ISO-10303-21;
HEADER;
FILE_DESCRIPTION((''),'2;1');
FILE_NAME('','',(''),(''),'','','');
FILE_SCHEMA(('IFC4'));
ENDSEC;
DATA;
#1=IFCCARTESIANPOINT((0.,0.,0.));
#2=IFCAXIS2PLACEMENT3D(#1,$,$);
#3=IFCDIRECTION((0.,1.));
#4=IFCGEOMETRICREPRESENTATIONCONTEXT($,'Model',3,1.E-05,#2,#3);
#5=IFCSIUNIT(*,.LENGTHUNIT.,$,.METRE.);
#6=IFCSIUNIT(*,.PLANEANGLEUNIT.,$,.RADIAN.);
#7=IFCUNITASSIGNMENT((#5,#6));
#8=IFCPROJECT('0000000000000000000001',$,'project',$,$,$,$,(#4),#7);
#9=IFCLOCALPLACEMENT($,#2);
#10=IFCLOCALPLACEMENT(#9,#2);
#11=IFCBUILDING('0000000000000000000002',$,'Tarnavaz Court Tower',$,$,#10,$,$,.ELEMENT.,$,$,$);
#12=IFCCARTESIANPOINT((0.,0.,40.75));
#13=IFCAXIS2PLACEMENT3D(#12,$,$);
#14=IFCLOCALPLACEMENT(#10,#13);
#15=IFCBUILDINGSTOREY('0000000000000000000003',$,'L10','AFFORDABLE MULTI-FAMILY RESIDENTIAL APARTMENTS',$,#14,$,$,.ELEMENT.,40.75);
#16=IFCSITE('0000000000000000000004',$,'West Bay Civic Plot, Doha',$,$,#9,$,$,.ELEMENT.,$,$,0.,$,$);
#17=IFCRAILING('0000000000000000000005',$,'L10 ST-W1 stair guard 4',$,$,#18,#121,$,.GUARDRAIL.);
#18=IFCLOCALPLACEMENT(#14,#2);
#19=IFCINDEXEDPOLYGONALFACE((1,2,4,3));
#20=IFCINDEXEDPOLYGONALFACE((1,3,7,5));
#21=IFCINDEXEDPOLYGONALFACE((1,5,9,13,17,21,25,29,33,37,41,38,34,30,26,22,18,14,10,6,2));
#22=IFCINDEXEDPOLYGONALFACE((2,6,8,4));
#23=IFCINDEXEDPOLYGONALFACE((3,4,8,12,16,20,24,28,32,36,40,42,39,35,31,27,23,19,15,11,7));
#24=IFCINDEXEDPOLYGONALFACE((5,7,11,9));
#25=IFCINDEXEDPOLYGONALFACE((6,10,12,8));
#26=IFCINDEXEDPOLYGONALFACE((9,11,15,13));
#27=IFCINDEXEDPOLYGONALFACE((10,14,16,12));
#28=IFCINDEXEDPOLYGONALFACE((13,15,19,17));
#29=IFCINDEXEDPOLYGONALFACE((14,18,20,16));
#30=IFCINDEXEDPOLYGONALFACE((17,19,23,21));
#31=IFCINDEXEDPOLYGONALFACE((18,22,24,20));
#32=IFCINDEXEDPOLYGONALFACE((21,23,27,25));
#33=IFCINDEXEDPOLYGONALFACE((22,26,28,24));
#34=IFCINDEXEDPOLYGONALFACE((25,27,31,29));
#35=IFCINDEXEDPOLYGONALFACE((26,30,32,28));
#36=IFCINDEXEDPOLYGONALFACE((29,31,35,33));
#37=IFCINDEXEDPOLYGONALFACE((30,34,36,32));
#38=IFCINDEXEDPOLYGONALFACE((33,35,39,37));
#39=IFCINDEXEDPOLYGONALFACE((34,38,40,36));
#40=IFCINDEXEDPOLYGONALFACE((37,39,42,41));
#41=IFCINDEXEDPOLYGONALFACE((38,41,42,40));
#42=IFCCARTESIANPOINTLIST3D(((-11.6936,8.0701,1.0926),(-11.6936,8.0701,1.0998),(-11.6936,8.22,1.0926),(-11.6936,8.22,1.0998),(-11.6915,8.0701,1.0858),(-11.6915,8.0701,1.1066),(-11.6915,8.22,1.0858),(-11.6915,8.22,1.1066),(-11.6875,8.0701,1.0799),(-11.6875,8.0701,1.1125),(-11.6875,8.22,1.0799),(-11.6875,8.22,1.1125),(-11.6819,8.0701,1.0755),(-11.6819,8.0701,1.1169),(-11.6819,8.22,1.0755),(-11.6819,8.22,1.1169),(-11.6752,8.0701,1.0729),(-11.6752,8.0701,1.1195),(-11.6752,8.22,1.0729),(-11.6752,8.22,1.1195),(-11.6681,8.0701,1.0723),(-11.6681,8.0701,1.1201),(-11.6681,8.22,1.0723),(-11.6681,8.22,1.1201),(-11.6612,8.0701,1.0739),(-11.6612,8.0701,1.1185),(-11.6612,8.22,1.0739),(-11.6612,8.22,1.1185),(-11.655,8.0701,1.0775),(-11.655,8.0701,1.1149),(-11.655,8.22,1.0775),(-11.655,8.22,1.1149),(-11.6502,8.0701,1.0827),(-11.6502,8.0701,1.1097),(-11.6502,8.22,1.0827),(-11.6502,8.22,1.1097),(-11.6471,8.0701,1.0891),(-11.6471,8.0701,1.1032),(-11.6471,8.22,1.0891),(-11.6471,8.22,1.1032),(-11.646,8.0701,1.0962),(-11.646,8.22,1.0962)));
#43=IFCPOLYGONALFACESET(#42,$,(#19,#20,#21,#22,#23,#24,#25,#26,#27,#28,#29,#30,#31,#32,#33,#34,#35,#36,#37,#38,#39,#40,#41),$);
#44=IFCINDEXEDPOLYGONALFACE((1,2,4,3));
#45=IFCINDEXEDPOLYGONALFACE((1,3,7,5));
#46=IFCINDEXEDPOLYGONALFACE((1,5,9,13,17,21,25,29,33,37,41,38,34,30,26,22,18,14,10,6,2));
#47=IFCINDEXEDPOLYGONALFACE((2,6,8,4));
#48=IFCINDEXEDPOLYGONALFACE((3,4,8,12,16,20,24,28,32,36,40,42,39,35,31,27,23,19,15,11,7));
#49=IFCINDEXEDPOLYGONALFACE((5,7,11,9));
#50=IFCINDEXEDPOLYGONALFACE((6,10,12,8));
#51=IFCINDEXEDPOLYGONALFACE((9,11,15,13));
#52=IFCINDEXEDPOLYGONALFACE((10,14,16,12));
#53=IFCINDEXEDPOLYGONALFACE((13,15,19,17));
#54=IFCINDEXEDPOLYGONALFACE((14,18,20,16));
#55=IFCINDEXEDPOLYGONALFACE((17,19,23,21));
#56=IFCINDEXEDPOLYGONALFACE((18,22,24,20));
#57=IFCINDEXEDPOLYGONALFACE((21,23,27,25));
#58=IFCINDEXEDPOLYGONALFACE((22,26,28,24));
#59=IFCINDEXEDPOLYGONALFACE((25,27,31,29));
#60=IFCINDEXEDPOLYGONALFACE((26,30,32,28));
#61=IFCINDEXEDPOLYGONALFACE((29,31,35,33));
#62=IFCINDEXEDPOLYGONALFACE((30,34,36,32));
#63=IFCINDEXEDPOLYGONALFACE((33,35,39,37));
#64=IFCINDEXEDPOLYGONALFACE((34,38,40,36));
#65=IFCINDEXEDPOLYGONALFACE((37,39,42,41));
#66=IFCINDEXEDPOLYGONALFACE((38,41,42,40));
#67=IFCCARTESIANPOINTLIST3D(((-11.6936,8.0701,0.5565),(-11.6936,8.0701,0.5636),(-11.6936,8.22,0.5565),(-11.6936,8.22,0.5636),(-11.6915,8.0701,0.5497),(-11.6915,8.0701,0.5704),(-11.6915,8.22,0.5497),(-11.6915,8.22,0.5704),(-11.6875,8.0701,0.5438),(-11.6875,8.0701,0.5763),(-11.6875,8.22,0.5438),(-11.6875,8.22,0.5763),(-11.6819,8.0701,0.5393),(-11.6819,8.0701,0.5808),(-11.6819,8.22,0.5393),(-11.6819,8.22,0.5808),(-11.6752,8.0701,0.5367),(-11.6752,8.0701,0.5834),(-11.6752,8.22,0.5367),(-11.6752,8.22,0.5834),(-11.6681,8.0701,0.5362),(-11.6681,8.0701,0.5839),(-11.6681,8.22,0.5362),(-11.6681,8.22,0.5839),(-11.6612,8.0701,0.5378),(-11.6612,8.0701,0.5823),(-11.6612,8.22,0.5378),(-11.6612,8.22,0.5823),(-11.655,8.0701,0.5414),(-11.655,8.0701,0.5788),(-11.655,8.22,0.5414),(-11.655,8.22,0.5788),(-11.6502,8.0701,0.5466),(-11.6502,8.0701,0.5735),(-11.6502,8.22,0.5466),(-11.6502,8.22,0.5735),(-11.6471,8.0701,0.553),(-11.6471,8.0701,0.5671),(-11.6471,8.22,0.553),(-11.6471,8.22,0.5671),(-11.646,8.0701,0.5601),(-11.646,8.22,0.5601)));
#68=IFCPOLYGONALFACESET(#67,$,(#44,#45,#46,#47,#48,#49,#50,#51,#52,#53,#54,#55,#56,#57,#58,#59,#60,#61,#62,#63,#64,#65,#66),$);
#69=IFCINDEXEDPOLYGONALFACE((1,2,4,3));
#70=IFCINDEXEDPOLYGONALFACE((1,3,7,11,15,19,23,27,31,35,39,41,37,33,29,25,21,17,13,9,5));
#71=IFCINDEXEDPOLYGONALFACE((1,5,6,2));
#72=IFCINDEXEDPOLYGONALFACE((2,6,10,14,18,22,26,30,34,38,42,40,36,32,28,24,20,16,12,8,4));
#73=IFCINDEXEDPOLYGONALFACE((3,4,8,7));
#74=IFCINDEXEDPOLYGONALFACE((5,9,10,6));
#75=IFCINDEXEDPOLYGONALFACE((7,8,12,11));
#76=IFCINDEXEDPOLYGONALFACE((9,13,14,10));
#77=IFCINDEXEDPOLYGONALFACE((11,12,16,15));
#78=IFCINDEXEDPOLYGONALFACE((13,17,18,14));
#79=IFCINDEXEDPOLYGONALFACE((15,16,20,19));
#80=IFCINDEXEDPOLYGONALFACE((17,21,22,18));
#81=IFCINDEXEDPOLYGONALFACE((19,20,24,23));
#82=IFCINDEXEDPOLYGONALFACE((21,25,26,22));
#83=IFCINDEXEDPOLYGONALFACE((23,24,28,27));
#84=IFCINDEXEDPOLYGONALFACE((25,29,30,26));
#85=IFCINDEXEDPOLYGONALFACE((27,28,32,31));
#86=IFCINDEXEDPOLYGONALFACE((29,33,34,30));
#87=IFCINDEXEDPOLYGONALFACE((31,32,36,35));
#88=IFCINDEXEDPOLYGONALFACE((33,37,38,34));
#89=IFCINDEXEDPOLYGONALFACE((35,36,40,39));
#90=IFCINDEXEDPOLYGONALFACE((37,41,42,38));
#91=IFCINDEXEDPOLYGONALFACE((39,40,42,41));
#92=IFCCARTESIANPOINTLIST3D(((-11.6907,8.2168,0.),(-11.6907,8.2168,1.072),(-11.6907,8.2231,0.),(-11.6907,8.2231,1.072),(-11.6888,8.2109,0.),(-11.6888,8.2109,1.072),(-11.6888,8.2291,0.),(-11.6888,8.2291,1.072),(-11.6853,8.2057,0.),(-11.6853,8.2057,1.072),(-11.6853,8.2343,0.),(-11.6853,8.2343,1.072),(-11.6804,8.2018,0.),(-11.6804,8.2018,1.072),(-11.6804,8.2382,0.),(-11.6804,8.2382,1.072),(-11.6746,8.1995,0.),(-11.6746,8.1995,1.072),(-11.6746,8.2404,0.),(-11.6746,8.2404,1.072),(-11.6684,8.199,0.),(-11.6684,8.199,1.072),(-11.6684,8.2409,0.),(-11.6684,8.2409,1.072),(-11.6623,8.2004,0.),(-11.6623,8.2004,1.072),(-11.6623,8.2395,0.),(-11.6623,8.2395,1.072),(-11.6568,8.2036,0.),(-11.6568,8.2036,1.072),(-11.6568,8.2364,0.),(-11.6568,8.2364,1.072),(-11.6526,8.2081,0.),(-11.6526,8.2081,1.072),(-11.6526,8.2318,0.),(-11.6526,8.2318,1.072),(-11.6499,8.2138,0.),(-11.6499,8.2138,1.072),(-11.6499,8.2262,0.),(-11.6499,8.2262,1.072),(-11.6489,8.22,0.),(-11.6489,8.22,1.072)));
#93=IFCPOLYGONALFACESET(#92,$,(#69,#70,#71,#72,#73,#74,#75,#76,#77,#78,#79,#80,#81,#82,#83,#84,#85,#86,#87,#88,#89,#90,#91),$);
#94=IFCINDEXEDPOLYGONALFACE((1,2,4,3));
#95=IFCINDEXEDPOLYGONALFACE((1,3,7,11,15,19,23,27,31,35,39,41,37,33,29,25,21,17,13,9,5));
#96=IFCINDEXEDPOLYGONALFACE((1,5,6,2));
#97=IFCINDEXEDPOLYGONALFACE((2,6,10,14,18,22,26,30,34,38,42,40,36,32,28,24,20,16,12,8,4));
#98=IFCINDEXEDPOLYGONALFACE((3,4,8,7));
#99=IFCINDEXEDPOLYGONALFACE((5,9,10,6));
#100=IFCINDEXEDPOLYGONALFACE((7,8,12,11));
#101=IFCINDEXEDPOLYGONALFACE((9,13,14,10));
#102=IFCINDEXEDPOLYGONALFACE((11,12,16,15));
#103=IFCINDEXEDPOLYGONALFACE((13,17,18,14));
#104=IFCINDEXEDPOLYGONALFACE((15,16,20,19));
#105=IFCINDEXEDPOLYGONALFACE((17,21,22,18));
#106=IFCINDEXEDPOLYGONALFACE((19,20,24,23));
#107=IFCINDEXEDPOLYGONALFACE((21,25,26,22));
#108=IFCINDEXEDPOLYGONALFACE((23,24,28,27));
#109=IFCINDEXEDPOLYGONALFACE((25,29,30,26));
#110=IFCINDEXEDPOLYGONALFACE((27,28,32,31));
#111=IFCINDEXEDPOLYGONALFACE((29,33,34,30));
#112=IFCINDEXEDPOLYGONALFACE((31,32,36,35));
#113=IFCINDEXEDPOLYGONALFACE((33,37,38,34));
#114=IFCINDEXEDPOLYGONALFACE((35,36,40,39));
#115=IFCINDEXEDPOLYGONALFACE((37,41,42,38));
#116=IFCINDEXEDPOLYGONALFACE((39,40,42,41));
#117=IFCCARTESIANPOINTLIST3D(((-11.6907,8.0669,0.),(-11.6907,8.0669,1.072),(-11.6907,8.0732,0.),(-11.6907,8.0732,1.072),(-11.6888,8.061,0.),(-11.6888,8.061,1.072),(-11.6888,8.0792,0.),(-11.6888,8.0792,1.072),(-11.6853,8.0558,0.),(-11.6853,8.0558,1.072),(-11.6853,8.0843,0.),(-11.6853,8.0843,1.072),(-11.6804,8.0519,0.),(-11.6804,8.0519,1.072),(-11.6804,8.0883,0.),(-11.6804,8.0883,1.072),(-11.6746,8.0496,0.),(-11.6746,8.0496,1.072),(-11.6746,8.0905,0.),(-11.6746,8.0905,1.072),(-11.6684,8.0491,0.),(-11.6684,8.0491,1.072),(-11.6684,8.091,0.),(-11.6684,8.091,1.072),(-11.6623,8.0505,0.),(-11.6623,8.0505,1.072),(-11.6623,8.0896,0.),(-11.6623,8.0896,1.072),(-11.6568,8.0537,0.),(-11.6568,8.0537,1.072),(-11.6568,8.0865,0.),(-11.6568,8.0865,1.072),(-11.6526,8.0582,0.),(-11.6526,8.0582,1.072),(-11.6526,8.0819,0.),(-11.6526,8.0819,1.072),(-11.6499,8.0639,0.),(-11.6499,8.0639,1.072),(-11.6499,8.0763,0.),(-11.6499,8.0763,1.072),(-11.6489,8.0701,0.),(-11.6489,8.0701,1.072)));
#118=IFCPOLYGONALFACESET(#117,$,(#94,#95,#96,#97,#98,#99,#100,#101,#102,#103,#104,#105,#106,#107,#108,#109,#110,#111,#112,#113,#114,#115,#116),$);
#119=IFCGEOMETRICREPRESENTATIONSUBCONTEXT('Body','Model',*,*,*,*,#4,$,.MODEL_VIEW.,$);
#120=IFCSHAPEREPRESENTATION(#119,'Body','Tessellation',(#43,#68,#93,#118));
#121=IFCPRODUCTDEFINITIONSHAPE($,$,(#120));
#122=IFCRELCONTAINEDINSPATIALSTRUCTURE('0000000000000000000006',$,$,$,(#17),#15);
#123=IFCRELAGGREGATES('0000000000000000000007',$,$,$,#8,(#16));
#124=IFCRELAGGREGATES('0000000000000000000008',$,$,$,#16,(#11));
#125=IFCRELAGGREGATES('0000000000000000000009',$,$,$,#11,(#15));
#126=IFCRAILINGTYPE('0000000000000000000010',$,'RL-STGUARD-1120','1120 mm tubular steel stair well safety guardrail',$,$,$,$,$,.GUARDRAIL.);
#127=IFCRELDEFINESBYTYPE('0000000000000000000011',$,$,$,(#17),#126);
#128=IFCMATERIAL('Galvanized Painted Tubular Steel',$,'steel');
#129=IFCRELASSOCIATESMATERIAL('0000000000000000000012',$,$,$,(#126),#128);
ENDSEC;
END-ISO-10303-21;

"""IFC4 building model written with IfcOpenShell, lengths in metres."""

from ifc_helpers import new_model, si_unit, direction, frame, origin, origin_2d, place, context, subcontext, project, spatial, circle, extrude, material, type_object, element, save


model = new_model("IFC4")

# Units and contexts
model_context = context("Model", 3, precision=1e-05, world=origin(), true_north=direction((0.0, 1.0)))
body_context = subcontext(model_context, "Body", "Model", "MODEL_VIEW")
ifc_project = project(units=[si_unit("LENGTHUNIT", "METRE"), si_unit("PLANEANGLEUNIT", "RADIAN")], contexts=[model_context])

# Site, building, storey
site_placement = place(None, origin())
site = spatial("IfcSite", under=ifc_project, at=site_placement, Name="West Bay Civic Plot, Doha", CompositionType="ELEMENT", RefElevation=0.0)
building_placement = place(site_placement, origin())
building = spatial("IfcBuilding", under=site, at=building_placement, Name="Tarnavaz Court Tower", CompositionType="ELEMENT")
storey_placement = place(building_placement, frame((0.0, 0.0, 40.75)))
storey = spatial("IfcBuildingStorey", under=building, at=storey_placement, Name="L10", Description="AFFORDABLE MULTI-FAMILY RESIDENTIAL APARTMENTS", CompositionType="ELEMENT", Elevation=40.75)

# Railing
ifc_material_1 = material(Name="Galvanized Painted Tubular Steel", Category="steel")
railing_type_1 = type_object("IfcRailingType", Name="RL-STGUARD-1120", Description="1120 mm tubular steel stair well safety guardrail", PredefinedType="GUARDRAIL", material=ifc_material_1)
railing_1_placement = place(storey_placement, frame((-11.6699, 8.22, 0.0)))
element("IfcRailing", 1, at=railing_1_placement, inside=storey, type_object=railing_type_1, Name="L10 ST-W1 stair guard 4", PredefinedType="GUARDRAIL", context=body_context, shape_type="SweptSolid", body=[
    extrude(circle(Radius=0.0239, at=origin_2d()), frame((0.0, 0.0, 1.0962), z_axis=(0.0, -1.0, 0.0), x_axis=(1.0, 0.0, 0.0)), (0.0, 0.0, 1.0), 0.1499),
    extrude(circle(Radius=0.0239, at=origin_2d()), frame((0.0, 0.0, 0.5601), z_axis=(0.0, -1.0, 0.0), x_axis=(1.0, 0.0, 0.0)), (0.0, 0.0, 1.0), 0.1499),
    extrude(circle(Radius=0.021, at=origin_2d()), origin(), (0.0, 0.0, 1.0), 1.072),
    extrude(circle(Radius=0.021, at=origin_2d()), frame((0.0, -0.1499, 0.0)), (0.0, 0.0, 1.0), 1.072),
])

save(model, "model.ifc")
